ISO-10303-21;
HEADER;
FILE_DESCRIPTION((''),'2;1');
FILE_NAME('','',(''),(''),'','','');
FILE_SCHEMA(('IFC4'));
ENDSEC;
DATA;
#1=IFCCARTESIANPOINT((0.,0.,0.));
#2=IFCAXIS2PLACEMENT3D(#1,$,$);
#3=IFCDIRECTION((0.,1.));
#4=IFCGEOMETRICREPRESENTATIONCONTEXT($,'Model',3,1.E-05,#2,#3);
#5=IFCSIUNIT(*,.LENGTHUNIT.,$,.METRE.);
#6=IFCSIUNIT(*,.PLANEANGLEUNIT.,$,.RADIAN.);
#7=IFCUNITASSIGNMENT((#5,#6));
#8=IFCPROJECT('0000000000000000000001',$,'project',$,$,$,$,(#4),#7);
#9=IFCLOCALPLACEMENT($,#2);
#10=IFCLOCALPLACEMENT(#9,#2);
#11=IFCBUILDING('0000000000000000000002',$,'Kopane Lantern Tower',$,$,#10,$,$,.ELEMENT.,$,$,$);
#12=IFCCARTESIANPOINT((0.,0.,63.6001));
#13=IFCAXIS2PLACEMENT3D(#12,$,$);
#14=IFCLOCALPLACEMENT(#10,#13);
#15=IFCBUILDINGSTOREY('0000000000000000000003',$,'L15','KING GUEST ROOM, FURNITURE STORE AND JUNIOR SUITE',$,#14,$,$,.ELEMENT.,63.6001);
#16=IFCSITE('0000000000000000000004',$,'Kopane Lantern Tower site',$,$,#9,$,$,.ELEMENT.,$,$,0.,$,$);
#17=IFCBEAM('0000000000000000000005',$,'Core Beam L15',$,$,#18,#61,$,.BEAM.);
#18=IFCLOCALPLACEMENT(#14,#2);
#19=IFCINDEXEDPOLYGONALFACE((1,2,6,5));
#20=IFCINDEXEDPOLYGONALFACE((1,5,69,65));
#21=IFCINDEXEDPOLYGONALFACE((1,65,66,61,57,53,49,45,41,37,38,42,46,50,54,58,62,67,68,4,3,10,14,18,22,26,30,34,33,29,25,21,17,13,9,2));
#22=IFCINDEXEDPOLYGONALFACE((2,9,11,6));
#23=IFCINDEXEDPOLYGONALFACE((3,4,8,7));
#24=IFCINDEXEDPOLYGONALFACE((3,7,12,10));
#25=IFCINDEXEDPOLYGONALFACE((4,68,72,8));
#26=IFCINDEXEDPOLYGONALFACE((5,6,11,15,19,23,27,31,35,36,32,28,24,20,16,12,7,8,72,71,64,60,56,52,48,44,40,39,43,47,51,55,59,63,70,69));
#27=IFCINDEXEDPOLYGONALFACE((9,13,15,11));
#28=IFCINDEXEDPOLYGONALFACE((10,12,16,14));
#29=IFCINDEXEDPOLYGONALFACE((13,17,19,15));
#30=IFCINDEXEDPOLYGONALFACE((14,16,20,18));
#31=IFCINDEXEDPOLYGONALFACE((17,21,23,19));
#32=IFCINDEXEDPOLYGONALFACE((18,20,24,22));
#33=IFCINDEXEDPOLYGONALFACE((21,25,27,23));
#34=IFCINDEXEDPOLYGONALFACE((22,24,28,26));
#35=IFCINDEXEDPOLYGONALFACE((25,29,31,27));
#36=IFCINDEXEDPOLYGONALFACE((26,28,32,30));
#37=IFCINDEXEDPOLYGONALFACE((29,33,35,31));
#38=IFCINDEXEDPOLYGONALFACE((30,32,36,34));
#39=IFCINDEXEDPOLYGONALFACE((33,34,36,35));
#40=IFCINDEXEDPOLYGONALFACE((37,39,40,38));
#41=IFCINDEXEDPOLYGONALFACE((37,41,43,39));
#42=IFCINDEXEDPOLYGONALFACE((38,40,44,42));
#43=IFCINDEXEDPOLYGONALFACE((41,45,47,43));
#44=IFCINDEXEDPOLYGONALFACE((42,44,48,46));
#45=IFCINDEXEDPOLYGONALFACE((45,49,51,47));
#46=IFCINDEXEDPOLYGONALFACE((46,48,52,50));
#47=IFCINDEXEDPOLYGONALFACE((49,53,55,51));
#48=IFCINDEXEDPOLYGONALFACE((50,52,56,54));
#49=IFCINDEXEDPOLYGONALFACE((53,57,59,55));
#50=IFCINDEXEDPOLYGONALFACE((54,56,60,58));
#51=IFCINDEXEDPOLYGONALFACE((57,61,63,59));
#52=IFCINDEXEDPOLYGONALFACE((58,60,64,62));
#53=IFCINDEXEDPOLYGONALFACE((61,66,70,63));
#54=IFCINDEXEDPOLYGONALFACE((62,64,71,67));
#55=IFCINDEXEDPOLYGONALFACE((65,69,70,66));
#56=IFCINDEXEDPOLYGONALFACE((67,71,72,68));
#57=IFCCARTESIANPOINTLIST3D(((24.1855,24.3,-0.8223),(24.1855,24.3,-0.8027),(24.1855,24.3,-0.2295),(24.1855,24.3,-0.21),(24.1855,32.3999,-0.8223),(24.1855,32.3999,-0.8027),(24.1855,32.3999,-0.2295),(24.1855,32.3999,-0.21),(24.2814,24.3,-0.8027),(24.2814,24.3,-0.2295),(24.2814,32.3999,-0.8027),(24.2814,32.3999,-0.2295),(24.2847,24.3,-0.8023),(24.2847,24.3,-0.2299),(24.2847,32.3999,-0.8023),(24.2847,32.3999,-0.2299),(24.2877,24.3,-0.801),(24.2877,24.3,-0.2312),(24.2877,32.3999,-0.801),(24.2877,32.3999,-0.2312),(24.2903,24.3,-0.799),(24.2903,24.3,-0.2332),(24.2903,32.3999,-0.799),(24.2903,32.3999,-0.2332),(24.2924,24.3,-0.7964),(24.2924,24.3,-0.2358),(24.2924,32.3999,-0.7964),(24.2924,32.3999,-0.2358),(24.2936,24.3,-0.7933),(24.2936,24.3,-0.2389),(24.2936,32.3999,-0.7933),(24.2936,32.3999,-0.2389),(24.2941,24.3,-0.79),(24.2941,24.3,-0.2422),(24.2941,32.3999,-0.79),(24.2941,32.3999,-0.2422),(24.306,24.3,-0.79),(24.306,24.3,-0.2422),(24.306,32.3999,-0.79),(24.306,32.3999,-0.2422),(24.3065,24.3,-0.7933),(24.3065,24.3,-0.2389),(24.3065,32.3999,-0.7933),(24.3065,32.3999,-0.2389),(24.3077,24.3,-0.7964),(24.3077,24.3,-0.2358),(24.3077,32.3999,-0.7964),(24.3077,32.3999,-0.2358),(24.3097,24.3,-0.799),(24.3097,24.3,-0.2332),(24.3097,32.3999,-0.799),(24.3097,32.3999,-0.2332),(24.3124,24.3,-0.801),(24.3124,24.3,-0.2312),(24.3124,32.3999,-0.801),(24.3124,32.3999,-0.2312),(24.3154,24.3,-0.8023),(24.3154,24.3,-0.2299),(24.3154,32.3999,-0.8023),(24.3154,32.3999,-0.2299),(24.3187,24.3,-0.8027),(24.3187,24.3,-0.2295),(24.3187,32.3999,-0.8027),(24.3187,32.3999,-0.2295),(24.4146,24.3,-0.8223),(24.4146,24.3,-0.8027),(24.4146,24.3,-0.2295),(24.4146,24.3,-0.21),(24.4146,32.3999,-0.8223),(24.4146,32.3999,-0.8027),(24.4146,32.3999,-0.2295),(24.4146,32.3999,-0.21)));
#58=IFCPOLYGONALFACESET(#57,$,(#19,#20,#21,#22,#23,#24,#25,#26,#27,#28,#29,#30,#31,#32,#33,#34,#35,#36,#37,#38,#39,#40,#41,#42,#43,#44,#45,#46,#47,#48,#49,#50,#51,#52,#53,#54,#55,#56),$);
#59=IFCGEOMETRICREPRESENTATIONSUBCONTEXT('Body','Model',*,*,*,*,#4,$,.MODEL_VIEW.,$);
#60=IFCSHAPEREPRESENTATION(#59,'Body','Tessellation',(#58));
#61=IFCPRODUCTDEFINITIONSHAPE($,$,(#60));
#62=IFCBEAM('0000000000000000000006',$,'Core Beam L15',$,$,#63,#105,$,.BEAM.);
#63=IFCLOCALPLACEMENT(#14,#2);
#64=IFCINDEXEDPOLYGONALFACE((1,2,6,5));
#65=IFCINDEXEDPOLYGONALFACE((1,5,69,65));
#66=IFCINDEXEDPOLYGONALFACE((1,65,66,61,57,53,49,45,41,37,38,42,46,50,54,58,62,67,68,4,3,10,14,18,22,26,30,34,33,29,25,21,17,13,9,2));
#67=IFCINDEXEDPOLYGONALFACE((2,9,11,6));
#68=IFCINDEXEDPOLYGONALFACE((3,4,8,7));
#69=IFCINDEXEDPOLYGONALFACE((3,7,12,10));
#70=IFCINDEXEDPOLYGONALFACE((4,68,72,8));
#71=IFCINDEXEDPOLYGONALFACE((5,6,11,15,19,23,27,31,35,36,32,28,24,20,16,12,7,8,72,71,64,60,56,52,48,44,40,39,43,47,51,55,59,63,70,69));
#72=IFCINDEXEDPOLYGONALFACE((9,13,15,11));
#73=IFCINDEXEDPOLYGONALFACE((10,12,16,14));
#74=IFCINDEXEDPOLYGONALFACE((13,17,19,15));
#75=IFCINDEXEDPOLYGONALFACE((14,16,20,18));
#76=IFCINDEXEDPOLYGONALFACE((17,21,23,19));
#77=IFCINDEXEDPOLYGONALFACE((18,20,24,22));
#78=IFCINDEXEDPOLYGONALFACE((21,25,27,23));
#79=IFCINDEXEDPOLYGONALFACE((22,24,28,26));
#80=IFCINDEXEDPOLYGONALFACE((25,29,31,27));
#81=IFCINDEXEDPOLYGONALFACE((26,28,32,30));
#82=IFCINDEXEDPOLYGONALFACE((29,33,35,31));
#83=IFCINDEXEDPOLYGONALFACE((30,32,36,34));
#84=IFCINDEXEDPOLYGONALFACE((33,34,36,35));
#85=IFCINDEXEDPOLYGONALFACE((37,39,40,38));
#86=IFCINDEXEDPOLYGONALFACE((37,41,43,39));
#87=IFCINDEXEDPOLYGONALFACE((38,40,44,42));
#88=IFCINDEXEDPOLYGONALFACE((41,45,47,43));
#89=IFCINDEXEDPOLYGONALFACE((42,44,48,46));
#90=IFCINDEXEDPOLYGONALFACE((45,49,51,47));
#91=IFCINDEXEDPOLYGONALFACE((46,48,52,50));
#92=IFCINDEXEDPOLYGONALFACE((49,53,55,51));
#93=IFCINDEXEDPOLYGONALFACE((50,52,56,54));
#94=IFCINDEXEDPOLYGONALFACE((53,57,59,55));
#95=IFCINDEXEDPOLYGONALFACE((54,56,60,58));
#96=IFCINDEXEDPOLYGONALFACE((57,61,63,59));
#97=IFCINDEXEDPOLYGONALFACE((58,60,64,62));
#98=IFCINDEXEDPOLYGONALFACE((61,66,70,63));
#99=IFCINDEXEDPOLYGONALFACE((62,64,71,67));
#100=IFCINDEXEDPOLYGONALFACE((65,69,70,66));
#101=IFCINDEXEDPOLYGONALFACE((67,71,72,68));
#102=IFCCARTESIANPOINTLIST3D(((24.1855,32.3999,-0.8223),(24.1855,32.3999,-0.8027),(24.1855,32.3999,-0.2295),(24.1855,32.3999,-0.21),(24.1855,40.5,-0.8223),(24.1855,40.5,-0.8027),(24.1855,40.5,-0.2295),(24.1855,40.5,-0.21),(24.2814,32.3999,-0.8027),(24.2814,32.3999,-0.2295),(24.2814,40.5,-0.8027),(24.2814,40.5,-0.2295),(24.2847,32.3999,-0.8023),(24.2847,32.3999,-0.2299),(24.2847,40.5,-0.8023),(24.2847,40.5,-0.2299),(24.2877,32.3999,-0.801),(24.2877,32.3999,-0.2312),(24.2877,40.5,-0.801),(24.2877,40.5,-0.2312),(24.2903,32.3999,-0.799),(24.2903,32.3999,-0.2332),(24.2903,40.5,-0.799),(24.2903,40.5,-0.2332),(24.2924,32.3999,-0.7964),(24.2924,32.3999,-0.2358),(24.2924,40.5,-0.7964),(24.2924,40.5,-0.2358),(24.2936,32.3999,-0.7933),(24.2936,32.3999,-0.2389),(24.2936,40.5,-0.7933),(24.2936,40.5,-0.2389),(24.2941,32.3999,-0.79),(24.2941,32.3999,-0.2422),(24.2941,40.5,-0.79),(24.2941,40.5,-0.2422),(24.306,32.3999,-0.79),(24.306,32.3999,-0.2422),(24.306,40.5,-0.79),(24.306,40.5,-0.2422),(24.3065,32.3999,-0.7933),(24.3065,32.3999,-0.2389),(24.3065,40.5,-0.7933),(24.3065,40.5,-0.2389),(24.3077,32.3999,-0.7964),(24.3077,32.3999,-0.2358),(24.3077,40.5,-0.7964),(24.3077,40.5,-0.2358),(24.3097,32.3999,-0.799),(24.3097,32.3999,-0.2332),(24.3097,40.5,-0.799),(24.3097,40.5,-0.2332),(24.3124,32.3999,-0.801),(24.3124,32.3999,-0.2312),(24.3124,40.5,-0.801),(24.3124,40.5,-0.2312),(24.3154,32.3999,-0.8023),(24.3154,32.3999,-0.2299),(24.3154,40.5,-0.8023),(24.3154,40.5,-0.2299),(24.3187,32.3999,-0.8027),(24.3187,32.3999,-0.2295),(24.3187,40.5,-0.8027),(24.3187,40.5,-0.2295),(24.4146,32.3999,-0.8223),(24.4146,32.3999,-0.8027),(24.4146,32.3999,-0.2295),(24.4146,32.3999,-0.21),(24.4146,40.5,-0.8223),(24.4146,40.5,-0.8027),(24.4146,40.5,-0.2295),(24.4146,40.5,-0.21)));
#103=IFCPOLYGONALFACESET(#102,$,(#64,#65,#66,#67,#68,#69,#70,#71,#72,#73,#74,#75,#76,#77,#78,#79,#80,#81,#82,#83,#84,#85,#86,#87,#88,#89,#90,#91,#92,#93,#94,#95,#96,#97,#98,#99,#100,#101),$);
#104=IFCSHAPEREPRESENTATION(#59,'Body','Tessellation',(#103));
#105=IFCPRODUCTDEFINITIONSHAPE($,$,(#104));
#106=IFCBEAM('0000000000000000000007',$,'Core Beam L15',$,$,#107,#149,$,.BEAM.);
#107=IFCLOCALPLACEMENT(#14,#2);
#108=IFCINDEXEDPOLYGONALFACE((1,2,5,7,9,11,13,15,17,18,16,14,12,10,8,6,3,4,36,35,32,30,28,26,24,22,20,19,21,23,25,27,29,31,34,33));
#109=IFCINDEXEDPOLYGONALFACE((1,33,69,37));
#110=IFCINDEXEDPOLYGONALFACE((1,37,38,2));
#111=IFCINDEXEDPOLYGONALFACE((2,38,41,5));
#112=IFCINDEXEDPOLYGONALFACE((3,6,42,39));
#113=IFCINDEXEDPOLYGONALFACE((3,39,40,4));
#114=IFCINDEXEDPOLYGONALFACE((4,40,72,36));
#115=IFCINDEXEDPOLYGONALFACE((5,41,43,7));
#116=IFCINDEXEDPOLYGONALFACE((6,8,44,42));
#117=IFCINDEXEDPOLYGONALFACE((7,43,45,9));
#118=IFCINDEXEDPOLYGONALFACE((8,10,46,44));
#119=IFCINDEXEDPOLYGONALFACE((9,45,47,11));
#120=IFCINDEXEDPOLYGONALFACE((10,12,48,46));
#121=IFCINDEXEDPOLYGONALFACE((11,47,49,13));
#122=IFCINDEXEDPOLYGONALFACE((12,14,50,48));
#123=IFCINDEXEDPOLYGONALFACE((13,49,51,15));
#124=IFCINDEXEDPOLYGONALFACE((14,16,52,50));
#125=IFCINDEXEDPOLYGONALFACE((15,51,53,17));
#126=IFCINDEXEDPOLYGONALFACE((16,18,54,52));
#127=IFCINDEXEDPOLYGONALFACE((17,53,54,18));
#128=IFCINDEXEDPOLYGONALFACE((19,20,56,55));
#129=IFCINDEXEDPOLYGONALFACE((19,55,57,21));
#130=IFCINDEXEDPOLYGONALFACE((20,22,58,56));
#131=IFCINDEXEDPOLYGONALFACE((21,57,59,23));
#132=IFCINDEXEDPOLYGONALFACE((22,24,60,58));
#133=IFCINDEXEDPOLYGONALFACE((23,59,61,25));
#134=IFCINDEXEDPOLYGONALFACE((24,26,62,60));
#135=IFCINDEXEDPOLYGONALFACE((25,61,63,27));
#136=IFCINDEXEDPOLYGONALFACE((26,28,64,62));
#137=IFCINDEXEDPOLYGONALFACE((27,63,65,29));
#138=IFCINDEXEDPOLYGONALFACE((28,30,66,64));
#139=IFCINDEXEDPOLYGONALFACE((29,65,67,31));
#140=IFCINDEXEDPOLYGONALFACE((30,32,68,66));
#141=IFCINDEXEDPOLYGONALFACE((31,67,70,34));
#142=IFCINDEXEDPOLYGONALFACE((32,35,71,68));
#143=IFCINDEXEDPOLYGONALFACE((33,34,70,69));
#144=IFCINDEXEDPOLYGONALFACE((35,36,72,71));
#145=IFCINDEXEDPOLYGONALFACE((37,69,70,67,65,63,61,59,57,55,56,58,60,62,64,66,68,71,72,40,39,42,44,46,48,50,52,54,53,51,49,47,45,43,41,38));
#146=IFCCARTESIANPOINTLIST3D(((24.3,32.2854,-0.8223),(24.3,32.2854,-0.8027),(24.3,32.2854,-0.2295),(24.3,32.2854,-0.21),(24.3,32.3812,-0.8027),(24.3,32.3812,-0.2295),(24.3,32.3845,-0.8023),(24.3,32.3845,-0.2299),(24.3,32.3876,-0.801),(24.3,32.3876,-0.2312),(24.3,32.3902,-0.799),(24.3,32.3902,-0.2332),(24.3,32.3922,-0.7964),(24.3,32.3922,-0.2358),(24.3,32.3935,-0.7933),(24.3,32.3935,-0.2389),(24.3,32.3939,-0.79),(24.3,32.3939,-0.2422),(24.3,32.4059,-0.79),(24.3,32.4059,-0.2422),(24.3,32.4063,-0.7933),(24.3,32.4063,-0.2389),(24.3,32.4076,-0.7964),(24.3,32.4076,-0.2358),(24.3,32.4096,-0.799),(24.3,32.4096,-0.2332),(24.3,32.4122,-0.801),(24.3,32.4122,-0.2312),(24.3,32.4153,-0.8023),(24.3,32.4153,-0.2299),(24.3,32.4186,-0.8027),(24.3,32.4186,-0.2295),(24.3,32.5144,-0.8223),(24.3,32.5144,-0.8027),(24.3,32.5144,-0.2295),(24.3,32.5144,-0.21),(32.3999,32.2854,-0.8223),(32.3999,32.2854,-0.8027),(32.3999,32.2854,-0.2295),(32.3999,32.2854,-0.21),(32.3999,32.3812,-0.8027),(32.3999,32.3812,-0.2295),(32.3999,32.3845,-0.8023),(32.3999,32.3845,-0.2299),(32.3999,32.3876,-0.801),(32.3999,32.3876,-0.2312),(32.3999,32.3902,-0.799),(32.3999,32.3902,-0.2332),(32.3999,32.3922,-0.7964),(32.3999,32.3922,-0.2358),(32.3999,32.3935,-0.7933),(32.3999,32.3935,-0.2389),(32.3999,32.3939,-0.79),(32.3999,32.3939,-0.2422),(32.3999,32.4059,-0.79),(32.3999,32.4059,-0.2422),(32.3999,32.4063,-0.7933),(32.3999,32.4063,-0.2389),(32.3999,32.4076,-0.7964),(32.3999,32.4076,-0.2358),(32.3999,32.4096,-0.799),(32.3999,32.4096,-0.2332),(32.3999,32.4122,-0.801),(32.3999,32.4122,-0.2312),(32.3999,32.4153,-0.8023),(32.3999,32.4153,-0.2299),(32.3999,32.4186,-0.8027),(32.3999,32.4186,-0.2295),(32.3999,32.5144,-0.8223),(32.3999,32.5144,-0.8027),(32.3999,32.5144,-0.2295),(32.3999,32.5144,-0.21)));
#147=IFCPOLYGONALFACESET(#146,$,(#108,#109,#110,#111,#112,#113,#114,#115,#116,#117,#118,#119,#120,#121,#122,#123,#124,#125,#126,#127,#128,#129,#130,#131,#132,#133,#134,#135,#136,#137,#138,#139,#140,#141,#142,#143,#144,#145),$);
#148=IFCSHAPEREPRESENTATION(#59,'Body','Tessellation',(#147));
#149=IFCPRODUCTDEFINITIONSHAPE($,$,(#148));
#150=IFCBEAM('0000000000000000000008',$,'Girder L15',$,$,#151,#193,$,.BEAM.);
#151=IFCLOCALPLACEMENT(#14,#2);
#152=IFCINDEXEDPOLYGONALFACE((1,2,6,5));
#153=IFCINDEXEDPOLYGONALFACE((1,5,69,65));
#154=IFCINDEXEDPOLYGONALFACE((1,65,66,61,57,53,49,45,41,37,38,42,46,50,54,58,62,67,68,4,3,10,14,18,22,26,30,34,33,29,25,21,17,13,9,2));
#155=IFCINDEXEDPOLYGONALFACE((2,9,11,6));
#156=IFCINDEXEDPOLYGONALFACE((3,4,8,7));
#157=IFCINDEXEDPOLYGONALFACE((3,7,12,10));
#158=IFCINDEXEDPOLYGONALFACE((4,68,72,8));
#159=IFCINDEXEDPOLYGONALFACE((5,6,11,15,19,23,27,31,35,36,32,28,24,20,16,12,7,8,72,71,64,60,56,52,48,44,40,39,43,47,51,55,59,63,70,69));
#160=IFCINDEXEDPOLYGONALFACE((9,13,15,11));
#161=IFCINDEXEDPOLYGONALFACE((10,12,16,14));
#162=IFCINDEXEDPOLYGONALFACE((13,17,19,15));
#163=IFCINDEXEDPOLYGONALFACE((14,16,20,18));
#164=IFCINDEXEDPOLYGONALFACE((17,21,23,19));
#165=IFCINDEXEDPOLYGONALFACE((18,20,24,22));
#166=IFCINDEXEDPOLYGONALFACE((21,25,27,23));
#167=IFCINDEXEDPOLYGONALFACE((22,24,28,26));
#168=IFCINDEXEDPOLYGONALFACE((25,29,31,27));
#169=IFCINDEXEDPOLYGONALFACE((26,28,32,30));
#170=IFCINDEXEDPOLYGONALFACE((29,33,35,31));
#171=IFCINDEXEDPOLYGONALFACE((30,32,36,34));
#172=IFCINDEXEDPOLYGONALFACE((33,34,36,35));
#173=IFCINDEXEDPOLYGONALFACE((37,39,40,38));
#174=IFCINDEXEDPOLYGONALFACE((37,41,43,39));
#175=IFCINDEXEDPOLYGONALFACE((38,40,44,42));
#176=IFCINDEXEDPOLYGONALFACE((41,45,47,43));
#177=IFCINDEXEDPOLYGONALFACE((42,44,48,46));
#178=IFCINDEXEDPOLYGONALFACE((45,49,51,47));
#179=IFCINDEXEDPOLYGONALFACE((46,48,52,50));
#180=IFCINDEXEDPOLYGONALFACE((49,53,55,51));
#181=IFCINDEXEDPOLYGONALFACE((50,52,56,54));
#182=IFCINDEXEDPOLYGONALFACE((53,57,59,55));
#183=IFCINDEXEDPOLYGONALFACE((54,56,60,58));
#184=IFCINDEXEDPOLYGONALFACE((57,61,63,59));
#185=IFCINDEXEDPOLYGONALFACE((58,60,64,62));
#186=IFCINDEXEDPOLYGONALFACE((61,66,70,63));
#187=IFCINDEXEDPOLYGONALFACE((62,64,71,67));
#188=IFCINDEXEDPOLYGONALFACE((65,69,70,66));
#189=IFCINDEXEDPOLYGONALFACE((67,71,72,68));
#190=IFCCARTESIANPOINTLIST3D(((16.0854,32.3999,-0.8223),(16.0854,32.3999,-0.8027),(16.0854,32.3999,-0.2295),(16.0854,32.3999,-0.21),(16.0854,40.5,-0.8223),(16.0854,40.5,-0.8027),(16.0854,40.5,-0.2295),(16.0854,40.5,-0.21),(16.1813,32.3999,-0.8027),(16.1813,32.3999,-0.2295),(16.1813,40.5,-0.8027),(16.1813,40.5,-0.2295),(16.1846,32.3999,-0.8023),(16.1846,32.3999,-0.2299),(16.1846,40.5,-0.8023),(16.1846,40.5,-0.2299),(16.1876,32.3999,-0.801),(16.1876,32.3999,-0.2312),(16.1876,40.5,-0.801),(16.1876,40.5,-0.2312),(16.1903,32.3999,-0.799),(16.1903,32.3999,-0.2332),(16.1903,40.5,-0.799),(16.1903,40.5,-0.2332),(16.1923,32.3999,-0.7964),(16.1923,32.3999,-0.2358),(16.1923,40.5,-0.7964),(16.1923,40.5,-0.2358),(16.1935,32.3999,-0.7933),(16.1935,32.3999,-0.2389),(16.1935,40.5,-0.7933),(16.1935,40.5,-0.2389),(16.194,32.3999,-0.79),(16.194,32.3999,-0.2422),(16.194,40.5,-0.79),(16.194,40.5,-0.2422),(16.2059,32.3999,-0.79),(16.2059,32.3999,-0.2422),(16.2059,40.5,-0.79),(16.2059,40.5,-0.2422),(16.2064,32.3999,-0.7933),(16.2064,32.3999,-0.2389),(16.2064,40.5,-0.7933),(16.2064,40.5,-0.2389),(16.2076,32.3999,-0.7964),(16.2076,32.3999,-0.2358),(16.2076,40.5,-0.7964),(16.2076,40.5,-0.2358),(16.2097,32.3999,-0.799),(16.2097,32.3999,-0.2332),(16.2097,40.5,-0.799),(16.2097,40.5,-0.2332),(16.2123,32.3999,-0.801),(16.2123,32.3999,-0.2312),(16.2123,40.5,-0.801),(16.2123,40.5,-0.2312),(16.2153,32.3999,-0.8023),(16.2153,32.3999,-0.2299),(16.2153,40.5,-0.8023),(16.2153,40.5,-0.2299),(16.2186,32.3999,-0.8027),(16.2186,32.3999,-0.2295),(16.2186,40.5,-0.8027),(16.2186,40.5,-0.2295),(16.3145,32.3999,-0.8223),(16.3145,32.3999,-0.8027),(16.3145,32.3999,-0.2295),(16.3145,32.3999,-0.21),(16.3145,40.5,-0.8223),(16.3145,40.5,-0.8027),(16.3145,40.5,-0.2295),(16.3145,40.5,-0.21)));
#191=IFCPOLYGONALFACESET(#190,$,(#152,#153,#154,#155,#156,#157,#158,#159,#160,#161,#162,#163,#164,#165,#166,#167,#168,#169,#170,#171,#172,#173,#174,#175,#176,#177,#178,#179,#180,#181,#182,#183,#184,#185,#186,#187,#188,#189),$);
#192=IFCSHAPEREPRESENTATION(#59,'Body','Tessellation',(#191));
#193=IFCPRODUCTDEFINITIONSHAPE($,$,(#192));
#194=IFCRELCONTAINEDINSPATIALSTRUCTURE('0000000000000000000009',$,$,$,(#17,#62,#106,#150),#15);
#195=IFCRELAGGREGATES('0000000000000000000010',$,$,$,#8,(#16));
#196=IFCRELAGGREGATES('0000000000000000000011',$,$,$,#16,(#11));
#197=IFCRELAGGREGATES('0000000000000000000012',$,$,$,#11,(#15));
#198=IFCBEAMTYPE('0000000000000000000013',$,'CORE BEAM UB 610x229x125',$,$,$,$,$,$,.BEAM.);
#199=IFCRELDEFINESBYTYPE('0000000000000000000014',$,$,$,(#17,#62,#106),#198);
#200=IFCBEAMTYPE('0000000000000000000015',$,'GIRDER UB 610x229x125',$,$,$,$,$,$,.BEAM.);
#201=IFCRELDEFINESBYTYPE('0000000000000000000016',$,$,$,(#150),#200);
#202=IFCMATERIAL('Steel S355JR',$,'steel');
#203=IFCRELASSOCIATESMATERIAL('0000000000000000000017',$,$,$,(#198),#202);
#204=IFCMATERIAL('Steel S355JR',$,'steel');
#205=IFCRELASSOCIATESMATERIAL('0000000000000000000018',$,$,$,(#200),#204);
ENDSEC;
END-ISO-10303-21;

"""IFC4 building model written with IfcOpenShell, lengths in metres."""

from ifc_helpers import new_model, si_unit, direction, frame, origin, origin_2d, place, context, subcontext, project, spatial, i_section, extrude, material, material_profile, profile_set, type_object, element, save


model = new_model("IFC4")

# Units and contexts
model_context = context("Model", 3, precision=1e-05, world=origin(), true_north=direction((0.0, 1.0)))
body_context = subcontext(model_context, "Body", "Model", "MODEL_VIEW")
ifc_project = project(units=[si_unit("LENGTHUNIT", "METRE"), si_unit("PLANEANGLEUNIT", "RADIAN")], contexts=[model_context])

# Site, building, storey
site_placement = place(None, origin())
site = spatial("IfcSite", under=ifc_project, at=site_placement, Name="Kopane Lantern Tower site", CompositionType="ELEMENT", RefElevation=0.0)
building_placement = place(site_placement, origin())
building = spatial("IfcBuilding", under=site, at=building_placement, Name="Kopane Lantern Tower", CompositionType="ELEMENT")
storey_placement = place(building_placement, frame((0.0, 0.0, 63.6001)))
storey = spatial("IfcBuildingStorey", under=building, at=storey_placement, Name="L15", Description="KING GUEST ROOM, FURNITURE STORE AND JUNIOR SUITE", CompositionType="ELEMENT", Elevation=63.6001)

# Beams
ifc_material_1 = material(Name="Steel S355JR", Category="steel")
ifc_material_profile_1 = material_profile(ifc_material_1, i_section(OverallWidth=0.229, OverallDepth=0.6123, WebThickness=0.012, FlangeThickness=0.0195, FilletRadius=0.0127, at=origin_2d()), Name="UB 610x229x125")
ifc_profile_set_1 = profile_set([ifc_material_profile_1], Name="Steel S355JR")
beam_type_1 = type_object("IfcBeamType", Name="CORE BEAM UB 610x229x125", PredefinedType="BEAM", material=ifc_profile_set_1)
beam_1_placement = place(storey_placement, frame((24.3, 24.3, -0.5161), z_axis=(0.0, 1.0, 0.0), x_axis=(-1.0, 0.0, 0.0)))
element("IfcBeam", 1, at=beam_1_placement, inside=storey, type_object=beam_type_1, Name="Core Beam L15", PredefinedType="BEAM", context=body_context, shape_type="SweptSolid", body=[
    extrude(i_section(OverallWidth=0.229, OverallDepth=0.6123, WebThickness=0.012, FlangeThickness=0.0195, FilletRadius=0.0127, at=origin_2d()), origin(), (0.0, 0.0, 1.0), 8.0999),
])
beam_2_placement = place(storey_placement, frame((24.3, 32.3999, -0.5161), z_axis=(0.0, 1.0, 0.0), x_axis=(-1.0, 0.0, 0.0)))
element("IfcBeam", 2, at=beam_2_placement, inside=storey, type_object=beam_type_1, Name="Core Beam L15", PredefinedType="BEAM", context=body_context, shape_type="SweptSolid", body=[
    extrude(i_section(OverallWidth=0.229, OverallDepth=0.6123, WebThickness=0.012, FlangeThickness=0.0195, FilletRadius=0.0127, at=origin_2d()), origin(), (0.0, 0.0, 1.0), 8.1001),
])
beam_3_placement = place(storey_placement, frame((24.3, 32.3999, -0.5161), z_axis=(1.0, 0.0, 0.0), x_axis=(0.0, 1.0, 0.0)))
element("IfcBeam", 3, at=beam_3_placement, inside=storey, type_object=beam_type_1, Name="Core Beam L15", PredefinedType="BEAM", context=body_context, shape_type="SweptSolid", body=[
    extrude(i_section(OverallWidth=0.229, OverallDepth=0.6123, WebThickness=0.012, FlangeThickness=0.0195, FilletRadius=0.0127, at=origin_2d()), origin(), (0.0, 0.0, 1.0), 8.0999),
])
ifc_material_2 = material(Name="Steel S355JR", Category="steel")
ifc_material_profile_2 = material_profile(ifc_material_2, i_section(OverallWidth=0.229, OverallDepth=0.6123, WebThickness=0.012, FlangeThickness=0.0195, FilletRadius=0.0127, at=origin_2d()), Name="UB 610x229x125")
ifc_profile_set_2 = profile_set([ifc_material_profile_2], Name="Steel S355JR")
beam_type_2 = type_object("IfcBeamType", Name="GIRDER UB 610x229x125", PredefinedType="BEAM", material=ifc_profile_set_2)
beam_4_placement = place(storey_placement, frame((16.2, 32.3999, -0.5161), z_axis=(0.0, 1.0, 0.0), x_axis=(-1.0, 0.0, 0.0)))
element("IfcBeam", 4, at=beam_4_placement, inside=storey, type_object=beam_type_2, Name="Girder L15", PredefinedType="BEAM", context=body_context, shape_type="SweptSolid", body=[
    extrude(i_section(OverallWidth=0.229, OverallDepth=0.6123, WebThickness=0.012, FlangeThickness=0.0195, FilletRadius=0.0127, at=origin_2d()), origin(), (0.0, 0.0, 1.0), 8.1001),
])

save(model, "model.ifc")
